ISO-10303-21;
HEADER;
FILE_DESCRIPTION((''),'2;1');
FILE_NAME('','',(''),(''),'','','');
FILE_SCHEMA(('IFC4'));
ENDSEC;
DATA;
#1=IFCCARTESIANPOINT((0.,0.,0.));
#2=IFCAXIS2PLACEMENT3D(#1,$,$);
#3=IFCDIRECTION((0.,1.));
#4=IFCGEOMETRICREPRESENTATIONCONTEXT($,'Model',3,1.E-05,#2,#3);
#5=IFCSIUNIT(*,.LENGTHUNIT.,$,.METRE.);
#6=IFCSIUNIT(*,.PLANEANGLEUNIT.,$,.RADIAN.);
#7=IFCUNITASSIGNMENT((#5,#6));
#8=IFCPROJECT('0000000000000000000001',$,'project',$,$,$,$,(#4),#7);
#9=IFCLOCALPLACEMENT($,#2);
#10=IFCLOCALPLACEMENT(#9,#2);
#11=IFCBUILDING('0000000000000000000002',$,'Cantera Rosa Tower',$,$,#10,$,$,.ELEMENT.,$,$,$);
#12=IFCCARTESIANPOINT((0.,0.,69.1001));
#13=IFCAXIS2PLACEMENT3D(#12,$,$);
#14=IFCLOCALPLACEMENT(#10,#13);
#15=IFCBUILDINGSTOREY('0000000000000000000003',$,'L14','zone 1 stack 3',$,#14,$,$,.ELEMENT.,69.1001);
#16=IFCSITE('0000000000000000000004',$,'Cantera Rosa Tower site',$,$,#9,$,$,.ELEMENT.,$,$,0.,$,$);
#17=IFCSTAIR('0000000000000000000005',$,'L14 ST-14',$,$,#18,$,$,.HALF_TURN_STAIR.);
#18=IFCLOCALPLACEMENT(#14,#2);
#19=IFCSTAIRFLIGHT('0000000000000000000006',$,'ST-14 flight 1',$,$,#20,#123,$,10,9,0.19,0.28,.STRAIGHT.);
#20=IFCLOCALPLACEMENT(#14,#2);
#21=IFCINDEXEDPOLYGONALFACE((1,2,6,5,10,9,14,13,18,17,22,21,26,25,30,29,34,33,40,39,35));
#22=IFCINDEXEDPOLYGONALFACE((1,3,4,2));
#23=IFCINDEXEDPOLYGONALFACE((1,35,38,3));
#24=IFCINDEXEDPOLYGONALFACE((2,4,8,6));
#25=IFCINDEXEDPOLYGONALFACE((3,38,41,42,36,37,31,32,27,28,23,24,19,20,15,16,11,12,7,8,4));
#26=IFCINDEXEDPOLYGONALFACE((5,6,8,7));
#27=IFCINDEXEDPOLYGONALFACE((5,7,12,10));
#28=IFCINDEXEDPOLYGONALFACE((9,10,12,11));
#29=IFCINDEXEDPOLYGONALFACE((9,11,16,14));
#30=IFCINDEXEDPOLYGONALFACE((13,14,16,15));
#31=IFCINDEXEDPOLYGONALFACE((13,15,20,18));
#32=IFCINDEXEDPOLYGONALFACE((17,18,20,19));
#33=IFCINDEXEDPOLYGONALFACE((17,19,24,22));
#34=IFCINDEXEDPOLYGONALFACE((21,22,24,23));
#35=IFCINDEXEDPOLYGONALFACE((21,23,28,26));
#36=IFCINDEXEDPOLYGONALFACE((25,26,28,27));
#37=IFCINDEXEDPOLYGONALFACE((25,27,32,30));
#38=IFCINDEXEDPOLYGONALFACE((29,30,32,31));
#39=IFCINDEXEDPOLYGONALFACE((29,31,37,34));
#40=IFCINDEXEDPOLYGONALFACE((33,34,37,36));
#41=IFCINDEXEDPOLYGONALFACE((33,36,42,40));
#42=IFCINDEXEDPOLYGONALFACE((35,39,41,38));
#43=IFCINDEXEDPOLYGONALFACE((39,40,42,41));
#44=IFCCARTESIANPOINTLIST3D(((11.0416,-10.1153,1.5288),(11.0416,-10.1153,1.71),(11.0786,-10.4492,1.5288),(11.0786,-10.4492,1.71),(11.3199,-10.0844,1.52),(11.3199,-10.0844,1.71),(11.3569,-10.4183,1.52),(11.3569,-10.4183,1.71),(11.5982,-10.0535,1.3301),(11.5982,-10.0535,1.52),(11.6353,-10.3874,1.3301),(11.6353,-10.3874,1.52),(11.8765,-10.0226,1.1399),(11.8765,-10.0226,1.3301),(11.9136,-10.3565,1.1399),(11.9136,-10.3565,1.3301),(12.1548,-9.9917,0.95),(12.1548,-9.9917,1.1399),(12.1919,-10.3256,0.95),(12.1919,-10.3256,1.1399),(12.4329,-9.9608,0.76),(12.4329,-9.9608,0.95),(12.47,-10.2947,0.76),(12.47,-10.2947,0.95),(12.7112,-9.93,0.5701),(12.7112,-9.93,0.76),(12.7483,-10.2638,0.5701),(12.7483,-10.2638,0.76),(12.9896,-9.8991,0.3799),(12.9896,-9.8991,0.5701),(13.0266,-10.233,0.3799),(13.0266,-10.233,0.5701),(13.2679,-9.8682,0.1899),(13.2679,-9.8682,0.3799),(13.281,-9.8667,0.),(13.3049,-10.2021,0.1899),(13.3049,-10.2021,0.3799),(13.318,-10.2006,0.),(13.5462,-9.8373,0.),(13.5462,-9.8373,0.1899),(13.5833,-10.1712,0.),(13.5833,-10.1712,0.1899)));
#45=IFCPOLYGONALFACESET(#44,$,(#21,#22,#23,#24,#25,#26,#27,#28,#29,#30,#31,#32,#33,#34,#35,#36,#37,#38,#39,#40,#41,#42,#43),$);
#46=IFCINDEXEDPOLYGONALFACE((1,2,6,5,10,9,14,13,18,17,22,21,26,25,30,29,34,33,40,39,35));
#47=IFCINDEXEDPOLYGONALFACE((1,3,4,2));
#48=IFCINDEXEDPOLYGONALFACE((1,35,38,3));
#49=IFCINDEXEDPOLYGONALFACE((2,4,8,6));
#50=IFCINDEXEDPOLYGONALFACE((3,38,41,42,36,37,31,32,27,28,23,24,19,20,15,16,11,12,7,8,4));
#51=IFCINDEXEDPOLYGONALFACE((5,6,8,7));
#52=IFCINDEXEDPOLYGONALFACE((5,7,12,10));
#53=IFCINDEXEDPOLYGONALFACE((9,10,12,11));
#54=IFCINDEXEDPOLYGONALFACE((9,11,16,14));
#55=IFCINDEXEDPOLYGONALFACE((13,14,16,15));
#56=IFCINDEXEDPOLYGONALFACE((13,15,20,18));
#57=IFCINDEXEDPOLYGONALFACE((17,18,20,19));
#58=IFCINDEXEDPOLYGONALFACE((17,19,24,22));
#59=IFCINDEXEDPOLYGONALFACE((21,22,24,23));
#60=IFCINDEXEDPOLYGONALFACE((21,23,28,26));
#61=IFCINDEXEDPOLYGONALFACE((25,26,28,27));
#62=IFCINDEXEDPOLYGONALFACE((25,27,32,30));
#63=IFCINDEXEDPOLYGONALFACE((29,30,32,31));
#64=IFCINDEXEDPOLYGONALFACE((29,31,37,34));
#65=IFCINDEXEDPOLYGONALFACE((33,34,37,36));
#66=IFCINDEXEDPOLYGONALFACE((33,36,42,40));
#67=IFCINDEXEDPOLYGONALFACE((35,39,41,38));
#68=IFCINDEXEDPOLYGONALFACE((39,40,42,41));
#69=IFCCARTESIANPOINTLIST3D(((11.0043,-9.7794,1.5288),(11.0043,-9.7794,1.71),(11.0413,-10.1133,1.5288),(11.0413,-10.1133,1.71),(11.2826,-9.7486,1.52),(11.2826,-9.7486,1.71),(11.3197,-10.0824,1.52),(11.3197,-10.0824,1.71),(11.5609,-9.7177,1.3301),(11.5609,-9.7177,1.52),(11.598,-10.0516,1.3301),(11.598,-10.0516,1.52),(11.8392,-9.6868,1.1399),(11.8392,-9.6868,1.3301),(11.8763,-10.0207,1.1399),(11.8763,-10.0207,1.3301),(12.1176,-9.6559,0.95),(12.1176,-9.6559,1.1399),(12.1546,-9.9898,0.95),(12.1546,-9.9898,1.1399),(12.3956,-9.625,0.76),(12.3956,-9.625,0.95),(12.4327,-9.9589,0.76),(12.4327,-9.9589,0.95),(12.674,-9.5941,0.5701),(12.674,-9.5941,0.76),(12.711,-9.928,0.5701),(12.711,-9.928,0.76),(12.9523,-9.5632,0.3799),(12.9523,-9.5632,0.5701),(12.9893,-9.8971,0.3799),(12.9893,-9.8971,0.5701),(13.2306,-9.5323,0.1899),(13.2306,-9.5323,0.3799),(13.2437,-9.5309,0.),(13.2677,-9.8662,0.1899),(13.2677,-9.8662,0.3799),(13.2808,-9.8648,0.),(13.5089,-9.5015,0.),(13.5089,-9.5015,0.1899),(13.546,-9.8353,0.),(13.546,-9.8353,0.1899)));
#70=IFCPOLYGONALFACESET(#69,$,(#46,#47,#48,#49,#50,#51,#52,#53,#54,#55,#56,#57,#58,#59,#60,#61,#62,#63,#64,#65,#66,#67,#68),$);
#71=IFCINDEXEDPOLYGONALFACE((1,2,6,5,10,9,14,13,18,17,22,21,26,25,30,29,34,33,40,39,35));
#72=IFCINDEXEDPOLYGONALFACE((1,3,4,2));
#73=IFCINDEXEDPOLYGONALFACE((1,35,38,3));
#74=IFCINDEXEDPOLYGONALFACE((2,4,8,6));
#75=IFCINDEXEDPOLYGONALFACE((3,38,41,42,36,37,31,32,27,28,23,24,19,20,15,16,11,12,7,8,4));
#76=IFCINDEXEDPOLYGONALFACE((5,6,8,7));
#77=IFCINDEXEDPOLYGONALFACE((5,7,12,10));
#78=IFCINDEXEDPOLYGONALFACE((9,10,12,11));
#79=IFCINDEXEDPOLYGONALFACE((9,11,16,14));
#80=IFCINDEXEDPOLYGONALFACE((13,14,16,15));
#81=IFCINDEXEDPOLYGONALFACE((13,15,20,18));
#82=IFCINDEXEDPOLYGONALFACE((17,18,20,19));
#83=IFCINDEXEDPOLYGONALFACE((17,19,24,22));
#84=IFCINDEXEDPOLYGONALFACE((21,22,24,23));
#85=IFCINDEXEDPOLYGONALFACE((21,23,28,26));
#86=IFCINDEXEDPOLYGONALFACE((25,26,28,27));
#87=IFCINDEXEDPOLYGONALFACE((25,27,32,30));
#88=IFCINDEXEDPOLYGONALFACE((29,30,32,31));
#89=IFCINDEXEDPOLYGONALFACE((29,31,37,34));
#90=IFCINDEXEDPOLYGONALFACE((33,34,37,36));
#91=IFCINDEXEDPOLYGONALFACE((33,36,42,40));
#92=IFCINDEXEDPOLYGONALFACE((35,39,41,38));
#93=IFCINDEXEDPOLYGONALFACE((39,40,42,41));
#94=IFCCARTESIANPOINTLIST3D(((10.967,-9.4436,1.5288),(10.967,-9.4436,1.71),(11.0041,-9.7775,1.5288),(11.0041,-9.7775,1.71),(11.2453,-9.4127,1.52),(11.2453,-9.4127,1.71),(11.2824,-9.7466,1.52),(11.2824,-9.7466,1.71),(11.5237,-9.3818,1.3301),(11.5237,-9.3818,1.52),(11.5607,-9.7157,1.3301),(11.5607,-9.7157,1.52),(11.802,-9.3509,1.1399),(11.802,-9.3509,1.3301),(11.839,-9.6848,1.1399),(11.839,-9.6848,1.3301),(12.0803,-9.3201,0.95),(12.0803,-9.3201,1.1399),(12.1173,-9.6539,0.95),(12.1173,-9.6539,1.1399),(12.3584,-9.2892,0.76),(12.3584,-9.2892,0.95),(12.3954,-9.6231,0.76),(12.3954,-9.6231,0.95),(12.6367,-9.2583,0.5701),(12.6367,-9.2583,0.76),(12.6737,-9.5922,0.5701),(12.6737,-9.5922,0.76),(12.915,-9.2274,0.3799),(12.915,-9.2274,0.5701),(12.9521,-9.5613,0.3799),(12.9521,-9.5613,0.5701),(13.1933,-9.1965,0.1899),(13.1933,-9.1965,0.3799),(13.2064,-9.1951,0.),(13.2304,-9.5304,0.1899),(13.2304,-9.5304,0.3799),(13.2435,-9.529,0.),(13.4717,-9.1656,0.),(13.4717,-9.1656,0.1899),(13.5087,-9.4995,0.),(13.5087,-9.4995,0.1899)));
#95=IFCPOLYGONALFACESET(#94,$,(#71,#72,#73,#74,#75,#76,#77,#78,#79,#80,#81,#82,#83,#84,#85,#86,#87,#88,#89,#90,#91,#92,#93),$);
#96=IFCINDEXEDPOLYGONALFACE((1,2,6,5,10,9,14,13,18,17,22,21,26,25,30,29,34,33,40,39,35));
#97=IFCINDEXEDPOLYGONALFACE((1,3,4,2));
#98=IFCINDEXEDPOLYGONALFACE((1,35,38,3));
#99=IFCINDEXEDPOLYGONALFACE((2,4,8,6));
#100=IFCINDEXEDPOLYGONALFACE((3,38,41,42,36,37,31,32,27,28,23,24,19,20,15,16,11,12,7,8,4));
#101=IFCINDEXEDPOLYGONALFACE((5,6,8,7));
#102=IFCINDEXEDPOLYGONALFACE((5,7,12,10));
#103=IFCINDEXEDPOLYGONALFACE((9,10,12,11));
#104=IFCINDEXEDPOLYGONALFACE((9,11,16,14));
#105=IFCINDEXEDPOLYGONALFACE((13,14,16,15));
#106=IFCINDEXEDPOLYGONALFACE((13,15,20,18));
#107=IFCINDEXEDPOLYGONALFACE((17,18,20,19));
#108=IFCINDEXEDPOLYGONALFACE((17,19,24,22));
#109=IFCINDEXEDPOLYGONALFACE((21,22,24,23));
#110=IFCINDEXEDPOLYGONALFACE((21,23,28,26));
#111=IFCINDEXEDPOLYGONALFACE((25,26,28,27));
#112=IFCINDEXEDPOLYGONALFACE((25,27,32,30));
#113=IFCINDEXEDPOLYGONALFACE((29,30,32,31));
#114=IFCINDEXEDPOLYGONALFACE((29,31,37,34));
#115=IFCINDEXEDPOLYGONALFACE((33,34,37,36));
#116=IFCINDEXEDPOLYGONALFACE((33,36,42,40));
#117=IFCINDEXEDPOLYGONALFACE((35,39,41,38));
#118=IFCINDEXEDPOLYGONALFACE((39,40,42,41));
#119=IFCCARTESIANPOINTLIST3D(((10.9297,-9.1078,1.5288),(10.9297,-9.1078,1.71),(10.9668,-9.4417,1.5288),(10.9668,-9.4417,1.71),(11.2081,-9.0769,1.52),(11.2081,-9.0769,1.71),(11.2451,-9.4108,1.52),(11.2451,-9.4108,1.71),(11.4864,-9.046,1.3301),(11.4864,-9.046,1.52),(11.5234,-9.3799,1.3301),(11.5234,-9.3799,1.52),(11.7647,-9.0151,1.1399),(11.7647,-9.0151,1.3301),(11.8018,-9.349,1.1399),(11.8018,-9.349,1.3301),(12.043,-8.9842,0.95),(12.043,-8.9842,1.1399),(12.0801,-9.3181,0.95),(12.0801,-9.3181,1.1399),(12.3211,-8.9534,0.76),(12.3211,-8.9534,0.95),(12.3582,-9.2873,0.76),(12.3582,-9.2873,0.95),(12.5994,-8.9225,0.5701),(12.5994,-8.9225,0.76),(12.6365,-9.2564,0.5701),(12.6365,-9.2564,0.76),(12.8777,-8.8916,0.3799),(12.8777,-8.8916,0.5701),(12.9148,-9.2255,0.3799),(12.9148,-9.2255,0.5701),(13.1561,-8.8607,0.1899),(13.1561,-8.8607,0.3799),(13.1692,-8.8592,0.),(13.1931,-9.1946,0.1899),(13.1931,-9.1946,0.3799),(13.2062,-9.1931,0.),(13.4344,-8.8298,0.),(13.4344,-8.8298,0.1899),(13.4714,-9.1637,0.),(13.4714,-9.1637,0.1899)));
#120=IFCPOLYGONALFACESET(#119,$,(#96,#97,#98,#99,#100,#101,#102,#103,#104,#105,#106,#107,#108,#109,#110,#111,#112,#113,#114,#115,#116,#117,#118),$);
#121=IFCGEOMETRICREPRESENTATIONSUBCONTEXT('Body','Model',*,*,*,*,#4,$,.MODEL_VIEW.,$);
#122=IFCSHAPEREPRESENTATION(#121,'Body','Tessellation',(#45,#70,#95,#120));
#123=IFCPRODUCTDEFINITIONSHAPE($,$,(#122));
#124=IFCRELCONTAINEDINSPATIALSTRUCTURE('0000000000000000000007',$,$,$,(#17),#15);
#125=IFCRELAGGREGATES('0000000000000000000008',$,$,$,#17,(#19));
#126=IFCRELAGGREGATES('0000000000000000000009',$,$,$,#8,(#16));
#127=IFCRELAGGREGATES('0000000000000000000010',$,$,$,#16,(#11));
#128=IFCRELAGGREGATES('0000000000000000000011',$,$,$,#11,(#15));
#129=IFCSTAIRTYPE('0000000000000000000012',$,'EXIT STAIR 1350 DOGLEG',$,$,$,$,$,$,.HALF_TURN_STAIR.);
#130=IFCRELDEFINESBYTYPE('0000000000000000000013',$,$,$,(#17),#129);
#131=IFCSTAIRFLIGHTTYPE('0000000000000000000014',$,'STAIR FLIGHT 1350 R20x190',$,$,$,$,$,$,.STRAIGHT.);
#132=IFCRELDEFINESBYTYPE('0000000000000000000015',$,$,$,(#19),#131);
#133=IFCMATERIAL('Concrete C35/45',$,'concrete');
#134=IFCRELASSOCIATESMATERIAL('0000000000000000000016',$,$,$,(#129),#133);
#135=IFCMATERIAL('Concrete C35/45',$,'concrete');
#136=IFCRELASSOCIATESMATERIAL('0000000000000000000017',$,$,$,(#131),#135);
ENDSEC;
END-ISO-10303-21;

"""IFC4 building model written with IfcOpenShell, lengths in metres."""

from ifc_helpers import new_model, si_unit, direction, frame, origin, place, context, subcontext, project, spatial, polyline, outline, extrude, material, type_object, element, aggregate, save


model = new_model("IFC4")

# Units and contexts
model_context = context("Model", 3, precision=1e-05, world=origin(), true_north=direction((0.0, 1.0)))
body_context = subcontext(model_context, "Body", "Model", "MODEL_VIEW")
ifc_project = project(units=[si_unit("LENGTHUNIT", "METRE"), si_unit("PLANEANGLEUNIT", "RADIAN")], contexts=[model_context])

# Site, building, storey
site_placement = place(None, origin())
site = spatial("IfcSite", under=ifc_project, at=site_placement, Name="Cantera Rosa Tower site", CompositionType="ELEMENT", RefElevation=0.0)
building_placement = place(site_placement, origin())
building = spatial("IfcBuilding", under=site, at=building_placement, Name="Cantera Rosa Tower", CompositionType="ELEMENT")
storey_placement = place(building_placement, frame((0.0, 0.0, 69.1001)))
storey = spatial("IfcBuildingStorey", under=building, at=storey_placement, Name="L14", Description="zone 1 stack 3", CompositionType="ELEMENT", Elevation=69.1001)

# Stair, stair flight
ifc_material_1 = material(Name="Concrete C35/45", Category="concrete")
stair_type = type_object("IfcStairType", Name="EXIT STAIR 1350 DOGLEG", PredefinedType="HALF_TURN_STAIR", material=ifc_material_1)
stair_placement = place(storey_placement, origin())
stair = element("IfcStair", 1, at=stair_placement, inside=storey, type_object=stair_type, Name="L14 ST-14", PredefinedType="HALF_TURN_STAIR")
ifc_material_2 = material(Name="Concrete C35/45", Category="concrete")
stair_flight_type = type_object("IfcStairFlightType", Name="STAIR FLIGHT 1350 R20x190", PredefinedType="STRAIGHT", material=ifc_material_2)
stair_flight_placement = place(storey_placement, frame((13.5088, -9.5002, 0.0), z_axis=(0.0, 0.0, 1.0), x_axis=(-0.993897, -0.110313, 0.0)))
stair_flight = element("IfcStairFlight", 2, at=stair_flight_placement, type_object=stair_flight_type, Name="ST-14 flight 1", NumberOfRisers=10, NumberOfTreads=9, PredefinedType="STRAIGHT", RiserHeight=0.19, TreadLength=0.28, context=body_context, shape_type="SweptSolid", body=[
    extrude(outline(polyline([(0.0, 0.0), (0.0, 0.1899), (0.28, 0.1899), (0.28, 0.3799), (0.5601, 0.3799), (0.5601, 0.5701), (0.8401, 0.5701), (0.8401, 0.76), (1.1201, 0.76), (1.1201, 0.95), (1.3999, 0.95), (1.3999, 1.1399), (1.6799, 1.1399), (1.6799, 1.3301), (1.96, 1.3301), (1.96, 1.52), (2.24, 1.52), (2.24, 1.71), (2.52, 1.71), (2.52, 1.8999), (2.52, 1.5288), (0.2668, 0.0), (0.0, 0.0)])), frame((0.0, 0.675, 0.0), z_axis=(0.0, -1.0, 0.0), x_axis=(1.0, 0.0, 0.0)), (0.0, 0.0, 1.0), 0.3359),
    extrude(outline(polyline([(0.0, 0.0), (0.0, 0.1899), (0.28, 0.1899), (0.28, 0.3799), (0.5601, 0.3799), (0.5601, 0.5701), (0.8401, 0.5701), (0.8401, 0.76), (1.1201, 0.76), (1.1201, 0.95), (1.3999, 0.95), (1.3999, 1.1399), (1.6799, 1.1399), (1.6799, 1.3301), (1.96, 1.3301), (1.96, 1.52), (2.24, 1.52), (2.24, 1.71), (2.52, 1.71), (2.52, 1.8999), (2.52, 1.5288), (0.2668, 0.0), (0.0, 0.0)])), frame((0.0, 0.3372, 0.0), z_axis=(0.0, -1.0, 0.0), x_axis=(1.0, 0.0, 0.0)), (0.0, 0.0, 1.0), 0.3359),
    extrude(outline(polyline([(0.0, 0.0), (0.0, 0.1899), (0.28, 0.1899), (0.28, 0.3799), (0.5601, 0.3799), (0.5601, 0.5701), (0.8401, 0.5701), (0.8401, 0.76), (1.1201, 0.76), (1.1201, 0.95), (1.3999, 0.95), (1.3999, 1.1399), (1.6799, 1.1399), (1.6799, 1.3301), (1.96, 1.3301), (1.96, 1.52), (2.24, 1.52), (2.24, 1.71), (2.52, 1.71), (2.52, 1.8999), (2.52, 1.5288), (0.2668, 0.0), (0.0, 0.0)])), frame((0.0, -0.0007, 0.0), z_axis=(0.0, -1.0, 0.0), x_axis=(1.0, 0.0, 0.0)), (0.0, 0.0, 1.0), 0.3359),
    extrude(outline(polyline([(0.0, 0.0), (0.0, 0.1899), (0.28, 0.1899), (0.28, 0.3799), (0.5601, 0.3799), (0.5601, 0.5701), (0.8401, 0.5701), (0.8401, 0.76), (1.1201, 0.76), (1.1201, 0.95), (1.3999, 0.95), (1.3999, 1.1399), (1.6799, 1.1399), (1.6799, 1.3301), (1.96, 1.3301), (1.96, 1.52), (2.24, 1.52), (2.24, 1.71), (2.52, 1.71), (2.52, 1.8999), (2.52, 1.5288), (0.2668, 0.0), (0.0, 0.0)])), frame((0.0, -0.3386, 0.0), z_axis=(0.0, -1.0, 0.0), x_axis=(1.0, 0.0, 0.0)), (0.0, 0.0, 1.0), 0.3359),
])
aggregate(stair, [stair_flight])

save(model, "model.ifc")
